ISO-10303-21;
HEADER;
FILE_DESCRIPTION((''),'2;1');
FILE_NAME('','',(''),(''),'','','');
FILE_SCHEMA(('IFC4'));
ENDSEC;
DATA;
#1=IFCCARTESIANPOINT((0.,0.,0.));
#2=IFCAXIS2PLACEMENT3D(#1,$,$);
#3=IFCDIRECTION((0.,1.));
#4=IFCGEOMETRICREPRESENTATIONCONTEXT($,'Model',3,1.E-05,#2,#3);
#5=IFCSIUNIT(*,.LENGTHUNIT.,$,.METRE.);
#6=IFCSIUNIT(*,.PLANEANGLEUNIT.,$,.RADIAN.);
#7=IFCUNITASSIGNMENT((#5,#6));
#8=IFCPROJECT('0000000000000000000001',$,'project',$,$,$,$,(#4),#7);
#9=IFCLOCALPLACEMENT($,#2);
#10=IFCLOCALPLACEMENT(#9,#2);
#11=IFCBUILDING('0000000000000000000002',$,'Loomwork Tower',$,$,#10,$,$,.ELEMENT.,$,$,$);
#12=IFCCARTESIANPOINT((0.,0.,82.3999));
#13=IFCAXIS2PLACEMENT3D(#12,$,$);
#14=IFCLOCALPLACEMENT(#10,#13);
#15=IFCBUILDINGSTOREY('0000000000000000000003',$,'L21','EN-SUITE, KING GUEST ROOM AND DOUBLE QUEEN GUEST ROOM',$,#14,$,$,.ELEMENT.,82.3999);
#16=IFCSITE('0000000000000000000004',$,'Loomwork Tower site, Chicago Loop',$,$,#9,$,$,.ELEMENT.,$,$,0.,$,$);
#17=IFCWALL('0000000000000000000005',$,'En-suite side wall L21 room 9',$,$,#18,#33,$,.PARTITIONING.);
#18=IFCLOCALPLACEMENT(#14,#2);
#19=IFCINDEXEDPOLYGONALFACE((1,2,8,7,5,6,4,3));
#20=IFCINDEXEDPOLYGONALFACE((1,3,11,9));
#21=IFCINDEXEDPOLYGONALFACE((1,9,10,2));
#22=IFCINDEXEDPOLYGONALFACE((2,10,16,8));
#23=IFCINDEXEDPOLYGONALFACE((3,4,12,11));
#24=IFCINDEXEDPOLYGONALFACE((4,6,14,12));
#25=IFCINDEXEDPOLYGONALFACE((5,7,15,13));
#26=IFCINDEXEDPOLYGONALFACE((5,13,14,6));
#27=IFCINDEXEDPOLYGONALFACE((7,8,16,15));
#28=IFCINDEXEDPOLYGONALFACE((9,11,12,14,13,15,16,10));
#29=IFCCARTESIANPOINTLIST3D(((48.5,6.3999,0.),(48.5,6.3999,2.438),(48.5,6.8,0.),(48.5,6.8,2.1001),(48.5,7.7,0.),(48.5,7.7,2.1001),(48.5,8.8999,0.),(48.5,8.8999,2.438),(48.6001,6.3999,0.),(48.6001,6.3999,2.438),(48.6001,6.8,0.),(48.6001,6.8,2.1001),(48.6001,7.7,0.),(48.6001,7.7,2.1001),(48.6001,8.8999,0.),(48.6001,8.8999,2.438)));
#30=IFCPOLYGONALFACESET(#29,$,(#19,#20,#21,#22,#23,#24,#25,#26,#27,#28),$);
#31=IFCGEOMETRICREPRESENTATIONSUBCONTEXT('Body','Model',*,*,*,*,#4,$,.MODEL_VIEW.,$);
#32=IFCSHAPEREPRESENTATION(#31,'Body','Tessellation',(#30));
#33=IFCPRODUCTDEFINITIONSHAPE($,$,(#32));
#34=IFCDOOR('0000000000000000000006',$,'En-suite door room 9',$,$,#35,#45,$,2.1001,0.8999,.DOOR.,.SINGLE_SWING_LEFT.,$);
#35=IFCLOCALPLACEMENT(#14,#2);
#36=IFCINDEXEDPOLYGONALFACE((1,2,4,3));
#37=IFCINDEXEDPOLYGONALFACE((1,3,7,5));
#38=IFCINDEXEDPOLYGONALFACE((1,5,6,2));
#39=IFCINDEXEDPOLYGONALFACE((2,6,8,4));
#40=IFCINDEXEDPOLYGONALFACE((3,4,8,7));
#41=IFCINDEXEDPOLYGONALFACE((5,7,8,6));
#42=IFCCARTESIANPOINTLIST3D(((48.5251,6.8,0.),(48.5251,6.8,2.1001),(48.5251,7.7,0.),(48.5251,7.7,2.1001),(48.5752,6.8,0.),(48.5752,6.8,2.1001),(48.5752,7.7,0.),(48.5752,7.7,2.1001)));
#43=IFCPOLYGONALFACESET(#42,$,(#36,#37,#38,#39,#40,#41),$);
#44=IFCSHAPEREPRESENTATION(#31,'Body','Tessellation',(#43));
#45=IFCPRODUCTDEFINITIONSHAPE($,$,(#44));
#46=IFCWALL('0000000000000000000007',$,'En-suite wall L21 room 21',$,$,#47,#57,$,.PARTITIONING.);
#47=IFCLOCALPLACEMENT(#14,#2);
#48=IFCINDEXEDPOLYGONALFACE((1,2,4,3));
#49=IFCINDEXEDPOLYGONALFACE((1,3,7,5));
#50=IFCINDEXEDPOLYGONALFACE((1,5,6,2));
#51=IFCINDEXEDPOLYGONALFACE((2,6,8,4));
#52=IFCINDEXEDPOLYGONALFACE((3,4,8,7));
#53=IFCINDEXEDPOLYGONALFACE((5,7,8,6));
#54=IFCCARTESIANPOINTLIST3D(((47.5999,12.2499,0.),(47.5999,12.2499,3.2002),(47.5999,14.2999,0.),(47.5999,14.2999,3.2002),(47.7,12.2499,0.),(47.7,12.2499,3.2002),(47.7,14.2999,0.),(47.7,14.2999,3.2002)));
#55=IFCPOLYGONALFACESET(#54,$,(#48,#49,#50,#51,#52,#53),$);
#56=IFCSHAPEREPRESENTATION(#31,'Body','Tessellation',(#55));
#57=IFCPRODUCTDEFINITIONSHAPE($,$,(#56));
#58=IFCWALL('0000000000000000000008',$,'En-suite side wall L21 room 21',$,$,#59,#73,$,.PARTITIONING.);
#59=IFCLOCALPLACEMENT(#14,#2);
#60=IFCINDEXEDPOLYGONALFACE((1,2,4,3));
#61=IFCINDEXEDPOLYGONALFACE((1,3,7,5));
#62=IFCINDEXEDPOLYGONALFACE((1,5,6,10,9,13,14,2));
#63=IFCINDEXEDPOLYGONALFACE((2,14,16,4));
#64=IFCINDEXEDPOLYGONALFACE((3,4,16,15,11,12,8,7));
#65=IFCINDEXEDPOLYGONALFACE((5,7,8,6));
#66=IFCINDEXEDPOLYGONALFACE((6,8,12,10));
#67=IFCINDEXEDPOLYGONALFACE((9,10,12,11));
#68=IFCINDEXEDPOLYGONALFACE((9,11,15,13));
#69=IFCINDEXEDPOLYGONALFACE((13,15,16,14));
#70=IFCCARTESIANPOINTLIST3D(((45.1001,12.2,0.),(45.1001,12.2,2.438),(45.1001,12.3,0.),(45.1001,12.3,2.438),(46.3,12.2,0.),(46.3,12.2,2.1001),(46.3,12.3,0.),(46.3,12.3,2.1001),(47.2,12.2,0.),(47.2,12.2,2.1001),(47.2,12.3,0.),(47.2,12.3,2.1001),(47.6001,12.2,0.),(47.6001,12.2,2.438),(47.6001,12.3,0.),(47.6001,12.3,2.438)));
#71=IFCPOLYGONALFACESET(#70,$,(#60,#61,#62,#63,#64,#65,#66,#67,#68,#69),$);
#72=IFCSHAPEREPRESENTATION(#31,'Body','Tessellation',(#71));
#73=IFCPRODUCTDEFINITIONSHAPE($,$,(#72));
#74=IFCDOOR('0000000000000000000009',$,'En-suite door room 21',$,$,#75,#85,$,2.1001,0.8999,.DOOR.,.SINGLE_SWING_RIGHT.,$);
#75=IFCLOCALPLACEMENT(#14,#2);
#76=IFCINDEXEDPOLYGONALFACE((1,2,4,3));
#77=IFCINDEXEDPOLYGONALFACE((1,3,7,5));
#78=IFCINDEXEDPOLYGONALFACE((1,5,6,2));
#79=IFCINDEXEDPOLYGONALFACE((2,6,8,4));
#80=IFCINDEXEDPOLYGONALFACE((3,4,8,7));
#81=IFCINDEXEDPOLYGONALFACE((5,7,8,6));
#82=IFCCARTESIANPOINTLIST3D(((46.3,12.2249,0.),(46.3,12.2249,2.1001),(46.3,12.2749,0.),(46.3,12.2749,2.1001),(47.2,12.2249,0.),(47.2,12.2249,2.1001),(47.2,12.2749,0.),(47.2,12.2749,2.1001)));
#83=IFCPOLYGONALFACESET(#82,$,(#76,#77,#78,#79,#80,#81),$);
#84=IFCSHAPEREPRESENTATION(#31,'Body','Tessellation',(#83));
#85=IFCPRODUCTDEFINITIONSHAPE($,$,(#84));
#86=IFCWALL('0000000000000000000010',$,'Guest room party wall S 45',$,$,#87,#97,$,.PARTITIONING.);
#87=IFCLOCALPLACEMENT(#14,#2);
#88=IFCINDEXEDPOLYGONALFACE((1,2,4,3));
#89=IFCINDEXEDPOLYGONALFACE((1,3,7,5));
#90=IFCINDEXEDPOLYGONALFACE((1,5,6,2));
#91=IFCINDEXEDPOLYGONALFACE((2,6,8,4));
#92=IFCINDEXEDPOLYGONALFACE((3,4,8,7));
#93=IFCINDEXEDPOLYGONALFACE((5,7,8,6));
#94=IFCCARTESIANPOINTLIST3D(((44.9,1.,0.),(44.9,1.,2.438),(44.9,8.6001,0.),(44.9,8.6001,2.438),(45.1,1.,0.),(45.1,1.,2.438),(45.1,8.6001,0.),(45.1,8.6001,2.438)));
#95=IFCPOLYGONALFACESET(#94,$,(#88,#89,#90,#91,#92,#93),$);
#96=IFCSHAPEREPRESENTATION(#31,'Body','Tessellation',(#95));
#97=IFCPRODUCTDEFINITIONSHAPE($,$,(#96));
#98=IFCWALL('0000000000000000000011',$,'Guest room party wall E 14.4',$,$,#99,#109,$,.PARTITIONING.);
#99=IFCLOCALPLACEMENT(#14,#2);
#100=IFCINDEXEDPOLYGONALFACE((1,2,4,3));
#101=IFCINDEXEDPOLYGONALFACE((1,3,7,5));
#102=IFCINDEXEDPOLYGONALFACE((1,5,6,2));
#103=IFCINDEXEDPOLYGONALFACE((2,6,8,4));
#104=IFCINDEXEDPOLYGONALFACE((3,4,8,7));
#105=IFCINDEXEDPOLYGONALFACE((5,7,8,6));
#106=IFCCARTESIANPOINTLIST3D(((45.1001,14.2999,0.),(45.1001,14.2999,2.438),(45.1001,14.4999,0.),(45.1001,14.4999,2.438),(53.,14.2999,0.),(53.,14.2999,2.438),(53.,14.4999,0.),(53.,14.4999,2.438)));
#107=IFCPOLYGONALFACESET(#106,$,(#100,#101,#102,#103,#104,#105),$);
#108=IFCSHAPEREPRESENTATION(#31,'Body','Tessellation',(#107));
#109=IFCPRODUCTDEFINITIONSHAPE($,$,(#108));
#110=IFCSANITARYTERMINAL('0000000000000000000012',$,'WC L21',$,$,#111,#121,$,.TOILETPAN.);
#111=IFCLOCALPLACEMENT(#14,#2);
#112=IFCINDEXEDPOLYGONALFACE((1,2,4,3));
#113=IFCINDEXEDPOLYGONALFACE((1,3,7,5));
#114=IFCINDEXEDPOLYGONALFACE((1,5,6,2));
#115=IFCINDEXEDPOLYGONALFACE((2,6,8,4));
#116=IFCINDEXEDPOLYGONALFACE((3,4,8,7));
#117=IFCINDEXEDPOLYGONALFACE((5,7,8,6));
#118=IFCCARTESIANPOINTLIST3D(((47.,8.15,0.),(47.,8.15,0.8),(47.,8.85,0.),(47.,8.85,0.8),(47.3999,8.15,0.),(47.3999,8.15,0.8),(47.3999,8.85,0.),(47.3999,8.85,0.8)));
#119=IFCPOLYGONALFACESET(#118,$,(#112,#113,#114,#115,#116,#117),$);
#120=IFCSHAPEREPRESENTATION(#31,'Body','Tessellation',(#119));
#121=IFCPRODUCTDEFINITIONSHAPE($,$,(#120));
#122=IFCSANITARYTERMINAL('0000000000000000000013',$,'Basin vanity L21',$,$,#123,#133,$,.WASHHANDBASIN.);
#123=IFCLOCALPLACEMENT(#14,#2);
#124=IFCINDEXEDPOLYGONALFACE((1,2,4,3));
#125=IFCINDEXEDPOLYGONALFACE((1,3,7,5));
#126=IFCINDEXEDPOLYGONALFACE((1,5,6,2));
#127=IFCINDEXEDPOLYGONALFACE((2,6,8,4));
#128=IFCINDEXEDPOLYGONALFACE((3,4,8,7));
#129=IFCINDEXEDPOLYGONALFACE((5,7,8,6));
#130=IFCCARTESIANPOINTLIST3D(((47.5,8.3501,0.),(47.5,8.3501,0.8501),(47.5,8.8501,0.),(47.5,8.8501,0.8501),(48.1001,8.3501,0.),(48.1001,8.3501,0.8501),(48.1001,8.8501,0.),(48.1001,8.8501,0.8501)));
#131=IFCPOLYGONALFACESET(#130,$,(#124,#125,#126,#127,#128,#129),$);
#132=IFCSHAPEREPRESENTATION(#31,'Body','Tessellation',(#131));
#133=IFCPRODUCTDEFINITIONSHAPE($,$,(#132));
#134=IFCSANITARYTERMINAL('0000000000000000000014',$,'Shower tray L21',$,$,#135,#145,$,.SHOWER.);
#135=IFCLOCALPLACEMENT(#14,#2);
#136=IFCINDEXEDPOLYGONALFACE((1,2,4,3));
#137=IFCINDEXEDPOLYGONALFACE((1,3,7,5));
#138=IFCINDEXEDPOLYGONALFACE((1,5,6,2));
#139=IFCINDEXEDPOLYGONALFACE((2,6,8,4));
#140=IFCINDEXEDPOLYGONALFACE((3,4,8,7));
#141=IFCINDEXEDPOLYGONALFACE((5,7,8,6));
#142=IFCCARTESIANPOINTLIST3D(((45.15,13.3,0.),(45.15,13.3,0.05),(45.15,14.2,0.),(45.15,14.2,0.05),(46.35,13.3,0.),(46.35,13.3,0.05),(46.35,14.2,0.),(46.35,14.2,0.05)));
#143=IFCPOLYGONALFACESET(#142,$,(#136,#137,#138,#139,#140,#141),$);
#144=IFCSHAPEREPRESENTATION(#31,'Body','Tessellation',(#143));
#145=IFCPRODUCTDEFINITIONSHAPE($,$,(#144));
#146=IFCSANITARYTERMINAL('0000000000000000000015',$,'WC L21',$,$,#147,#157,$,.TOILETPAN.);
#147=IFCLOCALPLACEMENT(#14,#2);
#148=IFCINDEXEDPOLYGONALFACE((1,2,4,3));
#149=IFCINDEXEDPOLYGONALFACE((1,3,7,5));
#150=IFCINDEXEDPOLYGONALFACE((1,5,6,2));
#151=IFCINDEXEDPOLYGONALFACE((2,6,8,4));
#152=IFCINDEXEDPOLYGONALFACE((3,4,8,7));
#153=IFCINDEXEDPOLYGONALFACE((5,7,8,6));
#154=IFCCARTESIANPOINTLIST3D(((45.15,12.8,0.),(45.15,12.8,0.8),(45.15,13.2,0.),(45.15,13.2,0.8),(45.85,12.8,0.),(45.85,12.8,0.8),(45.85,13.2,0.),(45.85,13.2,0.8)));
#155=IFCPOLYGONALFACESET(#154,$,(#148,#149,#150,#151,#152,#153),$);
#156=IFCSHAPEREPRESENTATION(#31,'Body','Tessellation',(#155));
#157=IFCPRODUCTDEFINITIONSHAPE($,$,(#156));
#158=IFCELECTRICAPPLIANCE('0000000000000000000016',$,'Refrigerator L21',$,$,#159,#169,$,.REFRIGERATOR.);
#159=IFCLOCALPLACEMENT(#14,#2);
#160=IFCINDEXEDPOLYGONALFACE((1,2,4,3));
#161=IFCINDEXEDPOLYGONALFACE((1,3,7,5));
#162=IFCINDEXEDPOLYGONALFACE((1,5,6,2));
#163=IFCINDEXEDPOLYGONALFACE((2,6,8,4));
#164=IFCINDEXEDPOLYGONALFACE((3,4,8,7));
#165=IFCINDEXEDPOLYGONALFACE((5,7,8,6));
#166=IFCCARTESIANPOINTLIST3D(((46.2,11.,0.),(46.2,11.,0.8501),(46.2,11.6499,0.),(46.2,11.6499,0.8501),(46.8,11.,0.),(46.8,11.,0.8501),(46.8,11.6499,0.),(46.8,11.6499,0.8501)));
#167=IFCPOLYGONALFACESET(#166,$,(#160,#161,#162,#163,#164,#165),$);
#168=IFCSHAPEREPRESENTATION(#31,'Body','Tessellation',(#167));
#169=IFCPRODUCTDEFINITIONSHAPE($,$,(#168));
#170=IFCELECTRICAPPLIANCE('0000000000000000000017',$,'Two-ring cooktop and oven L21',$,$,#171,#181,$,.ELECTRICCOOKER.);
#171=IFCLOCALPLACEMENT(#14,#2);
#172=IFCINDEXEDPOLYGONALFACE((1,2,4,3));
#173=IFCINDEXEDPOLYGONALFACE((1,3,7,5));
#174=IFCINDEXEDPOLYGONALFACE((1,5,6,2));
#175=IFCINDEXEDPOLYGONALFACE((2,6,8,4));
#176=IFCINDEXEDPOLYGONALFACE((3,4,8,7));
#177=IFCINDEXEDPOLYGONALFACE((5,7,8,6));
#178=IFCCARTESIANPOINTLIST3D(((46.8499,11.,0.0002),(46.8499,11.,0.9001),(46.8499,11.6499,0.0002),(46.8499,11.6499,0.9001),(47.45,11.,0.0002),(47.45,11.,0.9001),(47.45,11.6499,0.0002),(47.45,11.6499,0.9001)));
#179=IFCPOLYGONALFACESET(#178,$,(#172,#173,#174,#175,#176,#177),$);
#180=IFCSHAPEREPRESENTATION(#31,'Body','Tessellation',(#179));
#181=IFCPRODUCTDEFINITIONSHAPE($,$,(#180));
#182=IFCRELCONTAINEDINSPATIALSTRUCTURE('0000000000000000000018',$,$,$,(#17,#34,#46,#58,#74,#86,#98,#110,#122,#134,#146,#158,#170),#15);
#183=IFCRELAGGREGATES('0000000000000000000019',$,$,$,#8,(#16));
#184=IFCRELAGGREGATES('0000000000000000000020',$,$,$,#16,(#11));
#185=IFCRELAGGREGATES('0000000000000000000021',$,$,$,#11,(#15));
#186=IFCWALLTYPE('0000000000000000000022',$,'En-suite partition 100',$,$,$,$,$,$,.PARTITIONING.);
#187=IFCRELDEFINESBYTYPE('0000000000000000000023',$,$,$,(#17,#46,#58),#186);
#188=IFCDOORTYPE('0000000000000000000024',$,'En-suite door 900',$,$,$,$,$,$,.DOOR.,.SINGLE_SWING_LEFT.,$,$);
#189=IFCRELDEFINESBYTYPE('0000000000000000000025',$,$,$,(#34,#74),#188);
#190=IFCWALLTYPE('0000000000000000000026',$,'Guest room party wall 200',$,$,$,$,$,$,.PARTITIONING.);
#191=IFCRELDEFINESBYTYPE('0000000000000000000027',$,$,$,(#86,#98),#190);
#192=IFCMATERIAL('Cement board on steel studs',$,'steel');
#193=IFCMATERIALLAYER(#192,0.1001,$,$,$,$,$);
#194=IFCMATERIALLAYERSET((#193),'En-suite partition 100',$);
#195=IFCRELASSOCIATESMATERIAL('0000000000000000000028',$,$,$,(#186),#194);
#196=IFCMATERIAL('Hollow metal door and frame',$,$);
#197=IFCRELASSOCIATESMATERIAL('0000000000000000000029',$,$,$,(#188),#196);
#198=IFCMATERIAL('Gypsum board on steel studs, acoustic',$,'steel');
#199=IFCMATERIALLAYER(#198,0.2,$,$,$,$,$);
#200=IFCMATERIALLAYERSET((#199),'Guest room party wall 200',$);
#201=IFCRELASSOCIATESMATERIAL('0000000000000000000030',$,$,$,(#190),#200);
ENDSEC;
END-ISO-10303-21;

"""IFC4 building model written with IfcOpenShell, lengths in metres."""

from ifc_helpers import new_model, si_unit, direction, frame, frame_2d, origin, origin_2d, place, context, subcontext, project, spatial, rectangle, extrude, material, layer, layer_set, type_object, element, fill, save


model = new_model("IFC4")

# Units and contexts
model_context = context("Model", 3, precision=1e-05, world=origin(), true_north=direction((0.0, 1.0)))
body_context = subcontext(model_context, "Body", "Model", "MODEL_VIEW")
ifc_project = project(units=[si_unit("LENGTHUNIT", "METRE"), si_unit("PLANEANGLEUNIT", "RADIAN")], contexts=[model_context])

# Site, building, storey
site_placement = place(None, origin())
site = spatial("IfcSite", under=ifc_project, at=site_placement, Name="Loomwork Tower site, Chicago Loop", CompositionType="ELEMENT", RefElevation=0.0)
building_placement = place(site_placement, origin())
building = spatial("IfcBuilding", under=site, at=building_placement, Name="Loomwork Tower", CompositionType="ELEMENT")
storey_placement = place(building_placement, frame((0.0, 0.0, 82.3999)))
storey = spatial("IfcBuildingStorey", under=building, at=storey_placement, Name="L21", Description="EN-SUITE, KING GUEST ROOM AND DOUBLE QUEEN GUEST ROOM", CompositionType="ELEMENT", Elevation=82.3999)

# Wall, opening, door
ifc_material_1 = material(Name="Cement board on steel studs", Category="steel")
ifc_layer_1 = layer(ifc_material_1, 0.1001)
ifc_layer_set_1 = layer_set([ifc_layer_1], Name="En-suite partition 100")
wall_type_1 = type_object("IfcWallType", Name="En-suite partition 100", PredefinedType="PARTITIONING", material=ifc_layer_set_1)
wall_1_placement = place(storey_placement, frame((48.55, 8.8999, 0.0), z_axis=(0.0, 0.0, 1.0), x_axis=(0.0, -1.0, 0.0)))
wall_1 = element("IfcWall", 1, at=wall_1_placement, inside=storey, type_object=wall_type_1, Name="En-suite side wall L21 room 9", PredefinedType="PARTITIONING", context=body_context, shape_type="SweptSolid", body=[
    extrude(rectangle(XDim=2.5, YDim=0.1001, at=frame_2d((1.25, 0.0))), origin(), (0.0, 0.0, 1.0), 2.438),
])
opening_1_placement = place(wall_1_placement, frame((1.2, 0.0, 0.0)))
opening_1 = element("IfcOpeningElement", 2, at=opening_1_placement, cuts=wall_1, PredefinedType="OPENING", context=body_context, shape_type="SweptSolid", body=[
    extrude(rectangle(XDim=0.8999, YDim=2.1001, at=frame_2d((0.45, 1.05))), frame((0.0, 0.0601, 0.0), z_axis=(0.0, -1.0, 0.0), x_axis=(1.0, 0.0, 0.0)), (0.0, 0.0, 1.0), 0.1201),
])
ifc_material_2 = material(Name="Hollow metal door and frame")
door_type_1 = type_object("IfcDoorType", Name="En-suite door 900", OperationType="SINGLE_SWING_LEFT", PredefinedType="DOOR", material=ifc_material_2)
door_1_placement = place(opening_1_placement, frame((0.8999, 0.0, 0.0), z_axis=(0.0, 0.0, 1.0), x_axis=(-1.0, 0.0, 0.0)))
door_1 = element("IfcDoor", 3, at=door_1_placement, inside=storey, type_object=door_type_1, Name="En-suite door room 9", OperationType="SINGLE_SWING_LEFT", OverallHeight=2.1001, OverallWidth=0.8999, PredefinedType="DOOR", context=body_context, shape_type="SweptSolid", body=[
    extrude(rectangle(XDim=0.8999, YDim=2.1001, at=frame_2d((0.45, 1.05))), frame((0.0, 0.0249, 0.0), z_axis=(0.0, -1.0, 0.0), x_axis=(1.0, 0.0, 0.0)), (0.0, 0.0, 1.0), 0.05),
])
fill(opening_1, door_1)

# Wall
wall_2_placement = place(storey_placement, frame((47.6499, 12.25, 0.0), z_axis=(0.0, 0.0, 1.0), x_axis=(0.0, 1.0, 0.0)))
element("IfcWall", 4, at=wall_2_placement, inside=storey, type_object=wall_type_1, Name="En-suite wall L21 room 21", PredefinedType="PARTITIONING", context=body_context, shape_type="SweptSolid", body=[
    extrude(rectangle(XDim=2.05, YDim=0.1001, at=frame_2d((1.0249, 0.0))), origin(), (0.0, 0.0, 1.0), 3.2002),
])

# Wall, opening, door
wall_3_placement = place(storey_placement, frame((45.1001, 12.25, 0.0), z_axis=(0.0, 0.0, 1.0), x_axis=(1.0, 0.0, 0.0)))
wall_3 = element("IfcWall", 5, at=wall_3_placement, inside=storey, type_object=wall_type_1, Name="En-suite side wall L21 room 21", PredefinedType="PARTITIONING", context=body_context, shape_type="SweptSolid", body=[
    extrude(rectangle(XDim=2.5, YDim=0.1001, at=frame_2d((1.25, 0.0))), origin(), (0.0, 0.0, 1.0), 2.438),
])
opening_2_placement = place(wall_3_placement, frame((1.2, 0.0, 0.0)))
opening_2 = element("IfcOpeningElement", 6, at=opening_2_placement, cuts=wall_3, PredefinedType="OPENING", context=body_context, shape_type="SweptSolid", body=[
    extrude(rectangle(XDim=0.8999, YDim=2.1001, at=frame_2d((0.45, 1.05))), frame((0.0, 0.0601, 0.0), z_axis=(0.0, -1.0, 0.0), x_axis=(1.0, 0.0, 0.0)), (0.0, 0.0, 1.0), 0.1201),
])
door_2_placement = place(opening_2_placement, origin())
door_2 = element("IfcDoor", 7, at=door_2_placement, inside=storey, type_object=door_type_1, Name="En-suite door room 21", OperationType="SINGLE_SWING_RIGHT", OverallHeight=2.1001, OverallWidth=0.8999, PredefinedType="DOOR", context=body_context, shape_type="SweptSolid", body=[
    extrude(rectangle(XDim=0.8999, YDim=2.1001, at=frame_2d((0.45, 1.05))), frame((0.0, 0.0249, 0.0), z_axis=(0.0, -1.0, 0.0), x_axis=(1.0, 0.0, 0.0)), (0.0, 0.0, 1.0), 0.05),
])
fill(opening_2, door_2)

# Walls
ifc_material_3 = material(Name="Gypsum board on steel studs, acoustic", Category="steel")
ifc_layer_2 = layer(ifc_material_3, 0.2)
ifc_layer_set_2 = layer_set([ifc_layer_2], Name="Guest room party wall 200")
wall_type_2 = type_object("IfcWallType", Name="Guest room party wall 200", PredefinedType="PARTITIONING", material=ifc_layer_set_2)
wall_4_placement = place(storey_placement, frame((45.0, 8.6001, 0.0), z_axis=(0.0, 0.0, 1.0), x_axis=(0.0, -1.0, 0.0)))
element("IfcWall", 8, at=wall_4_placement, inside=storey, type_object=wall_type_2, Name="Guest room party wall S 45", PredefinedType="PARTITIONING", context=body_context, shape_type="SweptSolid", body=[
    extrude(rectangle(XDim=7.6001, YDim=0.2, at=frame_2d((3.8, 0.0))), origin(), (0.0, 0.0, 1.0), 2.438),
])
wall_5_placement = place(storey_placement, frame((45.1001, 14.3999, 0.0), z_axis=(0.0, 0.0, 1.0), x_axis=(1.0, 0.0, 0.0)))
element("IfcWall", 9, at=wall_5_placement, inside=storey, type_object=wall_type_2, Name="Guest room party wall E 14.4", PredefinedType="PARTITIONING", context=body_context, shape_type="SweptSolid", body=[
    extrude(rectangle(XDim=7.8999, YDim=0.2, at=frame_2d((3.95, 0.0))), origin(), (0.0, 0.0, 1.0), 2.438),
])

# Sanitary terminals
sanitary_terminal_1_placement = place(storey_placement, frame((47.2, 8.5, 0.0), z_axis=(0.0, 0.0, 1.0), x_axis=(1.0, 0.0, 0.0)))
element("IfcSanitaryTerminal", 10, at=sanitary_terminal_1_placement, inside=storey, Name="WC L21", PredefinedType="TOILETPAN", context=body_context, shape_type="SweptSolid", body=[
    extrude(rectangle(XDim=0.3999, YDim=0.7, at=origin_2d()), origin(), (0.0, 0.0, 1.0), 0.8),
])
sanitary_terminal_2_placement = place(storey_placement, frame((47.8, 8.6001, 0.0), z_axis=(0.0, 0.0, 1.0), x_axis=(1.0, 0.0, 0.0)))
element("IfcSanitaryTerminal", 11, at=sanitary_terminal_2_placement, inside=storey, Name="Basin vanity L21", PredefinedType="WASHHANDBASIN", context=body_context, shape_type="SweptSolid", body=[
    extrude(rectangle(XDim=0.6001, YDim=0.5, at=origin_2d()), origin(), (0.0, 0.0, 1.0), 0.8501),
])
sanitary_terminal_3_placement = place(storey_placement, frame((45.75, 13.75, 0.0), z_axis=(0.0, 0.0, 1.0), x_axis=(1.0, 0.0, 0.0)))
element("IfcSanitaryTerminal", 12, at=sanitary_terminal_3_placement, inside=storey, Name="Shower tray L21", PredefinedType="SHOWER", context=body_context, shape_type="SweptSolid", body=[
    extrude(rectangle(XDim=1.2, YDim=0.8999, at=origin_2d()), origin(), (0.0, 0.0, 1.0), 0.05),
])
sanitary_terminal_4_placement = place(storey_placement, frame((45.5, 13.0, 0.0), z_axis=(0.0, 0.0, 1.0), x_axis=(1.0, 0.0, 0.0)))
element("IfcSanitaryTerminal", 13, at=sanitary_terminal_4_placement, inside=storey, Name="WC L21", PredefinedType="TOILETPAN", context=body_context, shape_type="SweptSolid", body=[
    extrude(rectangle(XDim=0.7, YDim=0.3999, at=origin_2d()), origin(), (0.0, 0.0, 1.0), 0.8),
])

# Electric appliances
electric_appliance_1_placement = place(storey_placement, frame((46.5, 11.325, 0.0), z_axis=(0.0, 0.0, 1.0), x_axis=(1.0, 0.0, 0.0)))
element("IfcElectricAppliance", 14, at=electric_appliance_1_placement, inside=storey, Name="Refrigerator L21", PredefinedType="REFRIGERATOR", context=body_context, shape_type="SweptSolid", body=[
    extrude(rectangle(XDim=0.6001, YDim=0.6499, at=origin_2d()), origin(), (0.0, 0.0, 1.0), 0.8501),
])
electric_appliance_2_placement = place(storey_placement, frame((47.1499, 11.325, 0.0002), z_axis=(0.0, 0.0, 1.0), x_axis=(1.0, 0.0, 0.0)))
element("IfcElectricAppliance", 15, at=electric_appliance_2_placement, inside=storey, Name="Two-ring cooktop and oven L21", PredefinedType="ELECTRICCOOKER", context=body_context, shape_type="SweptSolid", body=[
    extrude(rectangle(XDim=0.6001, YDim=0.6499, at=origin_2d()), origin(), (0.0, 0.0, 1.0), 0.8999),
])

save(model, "model.ifc")
